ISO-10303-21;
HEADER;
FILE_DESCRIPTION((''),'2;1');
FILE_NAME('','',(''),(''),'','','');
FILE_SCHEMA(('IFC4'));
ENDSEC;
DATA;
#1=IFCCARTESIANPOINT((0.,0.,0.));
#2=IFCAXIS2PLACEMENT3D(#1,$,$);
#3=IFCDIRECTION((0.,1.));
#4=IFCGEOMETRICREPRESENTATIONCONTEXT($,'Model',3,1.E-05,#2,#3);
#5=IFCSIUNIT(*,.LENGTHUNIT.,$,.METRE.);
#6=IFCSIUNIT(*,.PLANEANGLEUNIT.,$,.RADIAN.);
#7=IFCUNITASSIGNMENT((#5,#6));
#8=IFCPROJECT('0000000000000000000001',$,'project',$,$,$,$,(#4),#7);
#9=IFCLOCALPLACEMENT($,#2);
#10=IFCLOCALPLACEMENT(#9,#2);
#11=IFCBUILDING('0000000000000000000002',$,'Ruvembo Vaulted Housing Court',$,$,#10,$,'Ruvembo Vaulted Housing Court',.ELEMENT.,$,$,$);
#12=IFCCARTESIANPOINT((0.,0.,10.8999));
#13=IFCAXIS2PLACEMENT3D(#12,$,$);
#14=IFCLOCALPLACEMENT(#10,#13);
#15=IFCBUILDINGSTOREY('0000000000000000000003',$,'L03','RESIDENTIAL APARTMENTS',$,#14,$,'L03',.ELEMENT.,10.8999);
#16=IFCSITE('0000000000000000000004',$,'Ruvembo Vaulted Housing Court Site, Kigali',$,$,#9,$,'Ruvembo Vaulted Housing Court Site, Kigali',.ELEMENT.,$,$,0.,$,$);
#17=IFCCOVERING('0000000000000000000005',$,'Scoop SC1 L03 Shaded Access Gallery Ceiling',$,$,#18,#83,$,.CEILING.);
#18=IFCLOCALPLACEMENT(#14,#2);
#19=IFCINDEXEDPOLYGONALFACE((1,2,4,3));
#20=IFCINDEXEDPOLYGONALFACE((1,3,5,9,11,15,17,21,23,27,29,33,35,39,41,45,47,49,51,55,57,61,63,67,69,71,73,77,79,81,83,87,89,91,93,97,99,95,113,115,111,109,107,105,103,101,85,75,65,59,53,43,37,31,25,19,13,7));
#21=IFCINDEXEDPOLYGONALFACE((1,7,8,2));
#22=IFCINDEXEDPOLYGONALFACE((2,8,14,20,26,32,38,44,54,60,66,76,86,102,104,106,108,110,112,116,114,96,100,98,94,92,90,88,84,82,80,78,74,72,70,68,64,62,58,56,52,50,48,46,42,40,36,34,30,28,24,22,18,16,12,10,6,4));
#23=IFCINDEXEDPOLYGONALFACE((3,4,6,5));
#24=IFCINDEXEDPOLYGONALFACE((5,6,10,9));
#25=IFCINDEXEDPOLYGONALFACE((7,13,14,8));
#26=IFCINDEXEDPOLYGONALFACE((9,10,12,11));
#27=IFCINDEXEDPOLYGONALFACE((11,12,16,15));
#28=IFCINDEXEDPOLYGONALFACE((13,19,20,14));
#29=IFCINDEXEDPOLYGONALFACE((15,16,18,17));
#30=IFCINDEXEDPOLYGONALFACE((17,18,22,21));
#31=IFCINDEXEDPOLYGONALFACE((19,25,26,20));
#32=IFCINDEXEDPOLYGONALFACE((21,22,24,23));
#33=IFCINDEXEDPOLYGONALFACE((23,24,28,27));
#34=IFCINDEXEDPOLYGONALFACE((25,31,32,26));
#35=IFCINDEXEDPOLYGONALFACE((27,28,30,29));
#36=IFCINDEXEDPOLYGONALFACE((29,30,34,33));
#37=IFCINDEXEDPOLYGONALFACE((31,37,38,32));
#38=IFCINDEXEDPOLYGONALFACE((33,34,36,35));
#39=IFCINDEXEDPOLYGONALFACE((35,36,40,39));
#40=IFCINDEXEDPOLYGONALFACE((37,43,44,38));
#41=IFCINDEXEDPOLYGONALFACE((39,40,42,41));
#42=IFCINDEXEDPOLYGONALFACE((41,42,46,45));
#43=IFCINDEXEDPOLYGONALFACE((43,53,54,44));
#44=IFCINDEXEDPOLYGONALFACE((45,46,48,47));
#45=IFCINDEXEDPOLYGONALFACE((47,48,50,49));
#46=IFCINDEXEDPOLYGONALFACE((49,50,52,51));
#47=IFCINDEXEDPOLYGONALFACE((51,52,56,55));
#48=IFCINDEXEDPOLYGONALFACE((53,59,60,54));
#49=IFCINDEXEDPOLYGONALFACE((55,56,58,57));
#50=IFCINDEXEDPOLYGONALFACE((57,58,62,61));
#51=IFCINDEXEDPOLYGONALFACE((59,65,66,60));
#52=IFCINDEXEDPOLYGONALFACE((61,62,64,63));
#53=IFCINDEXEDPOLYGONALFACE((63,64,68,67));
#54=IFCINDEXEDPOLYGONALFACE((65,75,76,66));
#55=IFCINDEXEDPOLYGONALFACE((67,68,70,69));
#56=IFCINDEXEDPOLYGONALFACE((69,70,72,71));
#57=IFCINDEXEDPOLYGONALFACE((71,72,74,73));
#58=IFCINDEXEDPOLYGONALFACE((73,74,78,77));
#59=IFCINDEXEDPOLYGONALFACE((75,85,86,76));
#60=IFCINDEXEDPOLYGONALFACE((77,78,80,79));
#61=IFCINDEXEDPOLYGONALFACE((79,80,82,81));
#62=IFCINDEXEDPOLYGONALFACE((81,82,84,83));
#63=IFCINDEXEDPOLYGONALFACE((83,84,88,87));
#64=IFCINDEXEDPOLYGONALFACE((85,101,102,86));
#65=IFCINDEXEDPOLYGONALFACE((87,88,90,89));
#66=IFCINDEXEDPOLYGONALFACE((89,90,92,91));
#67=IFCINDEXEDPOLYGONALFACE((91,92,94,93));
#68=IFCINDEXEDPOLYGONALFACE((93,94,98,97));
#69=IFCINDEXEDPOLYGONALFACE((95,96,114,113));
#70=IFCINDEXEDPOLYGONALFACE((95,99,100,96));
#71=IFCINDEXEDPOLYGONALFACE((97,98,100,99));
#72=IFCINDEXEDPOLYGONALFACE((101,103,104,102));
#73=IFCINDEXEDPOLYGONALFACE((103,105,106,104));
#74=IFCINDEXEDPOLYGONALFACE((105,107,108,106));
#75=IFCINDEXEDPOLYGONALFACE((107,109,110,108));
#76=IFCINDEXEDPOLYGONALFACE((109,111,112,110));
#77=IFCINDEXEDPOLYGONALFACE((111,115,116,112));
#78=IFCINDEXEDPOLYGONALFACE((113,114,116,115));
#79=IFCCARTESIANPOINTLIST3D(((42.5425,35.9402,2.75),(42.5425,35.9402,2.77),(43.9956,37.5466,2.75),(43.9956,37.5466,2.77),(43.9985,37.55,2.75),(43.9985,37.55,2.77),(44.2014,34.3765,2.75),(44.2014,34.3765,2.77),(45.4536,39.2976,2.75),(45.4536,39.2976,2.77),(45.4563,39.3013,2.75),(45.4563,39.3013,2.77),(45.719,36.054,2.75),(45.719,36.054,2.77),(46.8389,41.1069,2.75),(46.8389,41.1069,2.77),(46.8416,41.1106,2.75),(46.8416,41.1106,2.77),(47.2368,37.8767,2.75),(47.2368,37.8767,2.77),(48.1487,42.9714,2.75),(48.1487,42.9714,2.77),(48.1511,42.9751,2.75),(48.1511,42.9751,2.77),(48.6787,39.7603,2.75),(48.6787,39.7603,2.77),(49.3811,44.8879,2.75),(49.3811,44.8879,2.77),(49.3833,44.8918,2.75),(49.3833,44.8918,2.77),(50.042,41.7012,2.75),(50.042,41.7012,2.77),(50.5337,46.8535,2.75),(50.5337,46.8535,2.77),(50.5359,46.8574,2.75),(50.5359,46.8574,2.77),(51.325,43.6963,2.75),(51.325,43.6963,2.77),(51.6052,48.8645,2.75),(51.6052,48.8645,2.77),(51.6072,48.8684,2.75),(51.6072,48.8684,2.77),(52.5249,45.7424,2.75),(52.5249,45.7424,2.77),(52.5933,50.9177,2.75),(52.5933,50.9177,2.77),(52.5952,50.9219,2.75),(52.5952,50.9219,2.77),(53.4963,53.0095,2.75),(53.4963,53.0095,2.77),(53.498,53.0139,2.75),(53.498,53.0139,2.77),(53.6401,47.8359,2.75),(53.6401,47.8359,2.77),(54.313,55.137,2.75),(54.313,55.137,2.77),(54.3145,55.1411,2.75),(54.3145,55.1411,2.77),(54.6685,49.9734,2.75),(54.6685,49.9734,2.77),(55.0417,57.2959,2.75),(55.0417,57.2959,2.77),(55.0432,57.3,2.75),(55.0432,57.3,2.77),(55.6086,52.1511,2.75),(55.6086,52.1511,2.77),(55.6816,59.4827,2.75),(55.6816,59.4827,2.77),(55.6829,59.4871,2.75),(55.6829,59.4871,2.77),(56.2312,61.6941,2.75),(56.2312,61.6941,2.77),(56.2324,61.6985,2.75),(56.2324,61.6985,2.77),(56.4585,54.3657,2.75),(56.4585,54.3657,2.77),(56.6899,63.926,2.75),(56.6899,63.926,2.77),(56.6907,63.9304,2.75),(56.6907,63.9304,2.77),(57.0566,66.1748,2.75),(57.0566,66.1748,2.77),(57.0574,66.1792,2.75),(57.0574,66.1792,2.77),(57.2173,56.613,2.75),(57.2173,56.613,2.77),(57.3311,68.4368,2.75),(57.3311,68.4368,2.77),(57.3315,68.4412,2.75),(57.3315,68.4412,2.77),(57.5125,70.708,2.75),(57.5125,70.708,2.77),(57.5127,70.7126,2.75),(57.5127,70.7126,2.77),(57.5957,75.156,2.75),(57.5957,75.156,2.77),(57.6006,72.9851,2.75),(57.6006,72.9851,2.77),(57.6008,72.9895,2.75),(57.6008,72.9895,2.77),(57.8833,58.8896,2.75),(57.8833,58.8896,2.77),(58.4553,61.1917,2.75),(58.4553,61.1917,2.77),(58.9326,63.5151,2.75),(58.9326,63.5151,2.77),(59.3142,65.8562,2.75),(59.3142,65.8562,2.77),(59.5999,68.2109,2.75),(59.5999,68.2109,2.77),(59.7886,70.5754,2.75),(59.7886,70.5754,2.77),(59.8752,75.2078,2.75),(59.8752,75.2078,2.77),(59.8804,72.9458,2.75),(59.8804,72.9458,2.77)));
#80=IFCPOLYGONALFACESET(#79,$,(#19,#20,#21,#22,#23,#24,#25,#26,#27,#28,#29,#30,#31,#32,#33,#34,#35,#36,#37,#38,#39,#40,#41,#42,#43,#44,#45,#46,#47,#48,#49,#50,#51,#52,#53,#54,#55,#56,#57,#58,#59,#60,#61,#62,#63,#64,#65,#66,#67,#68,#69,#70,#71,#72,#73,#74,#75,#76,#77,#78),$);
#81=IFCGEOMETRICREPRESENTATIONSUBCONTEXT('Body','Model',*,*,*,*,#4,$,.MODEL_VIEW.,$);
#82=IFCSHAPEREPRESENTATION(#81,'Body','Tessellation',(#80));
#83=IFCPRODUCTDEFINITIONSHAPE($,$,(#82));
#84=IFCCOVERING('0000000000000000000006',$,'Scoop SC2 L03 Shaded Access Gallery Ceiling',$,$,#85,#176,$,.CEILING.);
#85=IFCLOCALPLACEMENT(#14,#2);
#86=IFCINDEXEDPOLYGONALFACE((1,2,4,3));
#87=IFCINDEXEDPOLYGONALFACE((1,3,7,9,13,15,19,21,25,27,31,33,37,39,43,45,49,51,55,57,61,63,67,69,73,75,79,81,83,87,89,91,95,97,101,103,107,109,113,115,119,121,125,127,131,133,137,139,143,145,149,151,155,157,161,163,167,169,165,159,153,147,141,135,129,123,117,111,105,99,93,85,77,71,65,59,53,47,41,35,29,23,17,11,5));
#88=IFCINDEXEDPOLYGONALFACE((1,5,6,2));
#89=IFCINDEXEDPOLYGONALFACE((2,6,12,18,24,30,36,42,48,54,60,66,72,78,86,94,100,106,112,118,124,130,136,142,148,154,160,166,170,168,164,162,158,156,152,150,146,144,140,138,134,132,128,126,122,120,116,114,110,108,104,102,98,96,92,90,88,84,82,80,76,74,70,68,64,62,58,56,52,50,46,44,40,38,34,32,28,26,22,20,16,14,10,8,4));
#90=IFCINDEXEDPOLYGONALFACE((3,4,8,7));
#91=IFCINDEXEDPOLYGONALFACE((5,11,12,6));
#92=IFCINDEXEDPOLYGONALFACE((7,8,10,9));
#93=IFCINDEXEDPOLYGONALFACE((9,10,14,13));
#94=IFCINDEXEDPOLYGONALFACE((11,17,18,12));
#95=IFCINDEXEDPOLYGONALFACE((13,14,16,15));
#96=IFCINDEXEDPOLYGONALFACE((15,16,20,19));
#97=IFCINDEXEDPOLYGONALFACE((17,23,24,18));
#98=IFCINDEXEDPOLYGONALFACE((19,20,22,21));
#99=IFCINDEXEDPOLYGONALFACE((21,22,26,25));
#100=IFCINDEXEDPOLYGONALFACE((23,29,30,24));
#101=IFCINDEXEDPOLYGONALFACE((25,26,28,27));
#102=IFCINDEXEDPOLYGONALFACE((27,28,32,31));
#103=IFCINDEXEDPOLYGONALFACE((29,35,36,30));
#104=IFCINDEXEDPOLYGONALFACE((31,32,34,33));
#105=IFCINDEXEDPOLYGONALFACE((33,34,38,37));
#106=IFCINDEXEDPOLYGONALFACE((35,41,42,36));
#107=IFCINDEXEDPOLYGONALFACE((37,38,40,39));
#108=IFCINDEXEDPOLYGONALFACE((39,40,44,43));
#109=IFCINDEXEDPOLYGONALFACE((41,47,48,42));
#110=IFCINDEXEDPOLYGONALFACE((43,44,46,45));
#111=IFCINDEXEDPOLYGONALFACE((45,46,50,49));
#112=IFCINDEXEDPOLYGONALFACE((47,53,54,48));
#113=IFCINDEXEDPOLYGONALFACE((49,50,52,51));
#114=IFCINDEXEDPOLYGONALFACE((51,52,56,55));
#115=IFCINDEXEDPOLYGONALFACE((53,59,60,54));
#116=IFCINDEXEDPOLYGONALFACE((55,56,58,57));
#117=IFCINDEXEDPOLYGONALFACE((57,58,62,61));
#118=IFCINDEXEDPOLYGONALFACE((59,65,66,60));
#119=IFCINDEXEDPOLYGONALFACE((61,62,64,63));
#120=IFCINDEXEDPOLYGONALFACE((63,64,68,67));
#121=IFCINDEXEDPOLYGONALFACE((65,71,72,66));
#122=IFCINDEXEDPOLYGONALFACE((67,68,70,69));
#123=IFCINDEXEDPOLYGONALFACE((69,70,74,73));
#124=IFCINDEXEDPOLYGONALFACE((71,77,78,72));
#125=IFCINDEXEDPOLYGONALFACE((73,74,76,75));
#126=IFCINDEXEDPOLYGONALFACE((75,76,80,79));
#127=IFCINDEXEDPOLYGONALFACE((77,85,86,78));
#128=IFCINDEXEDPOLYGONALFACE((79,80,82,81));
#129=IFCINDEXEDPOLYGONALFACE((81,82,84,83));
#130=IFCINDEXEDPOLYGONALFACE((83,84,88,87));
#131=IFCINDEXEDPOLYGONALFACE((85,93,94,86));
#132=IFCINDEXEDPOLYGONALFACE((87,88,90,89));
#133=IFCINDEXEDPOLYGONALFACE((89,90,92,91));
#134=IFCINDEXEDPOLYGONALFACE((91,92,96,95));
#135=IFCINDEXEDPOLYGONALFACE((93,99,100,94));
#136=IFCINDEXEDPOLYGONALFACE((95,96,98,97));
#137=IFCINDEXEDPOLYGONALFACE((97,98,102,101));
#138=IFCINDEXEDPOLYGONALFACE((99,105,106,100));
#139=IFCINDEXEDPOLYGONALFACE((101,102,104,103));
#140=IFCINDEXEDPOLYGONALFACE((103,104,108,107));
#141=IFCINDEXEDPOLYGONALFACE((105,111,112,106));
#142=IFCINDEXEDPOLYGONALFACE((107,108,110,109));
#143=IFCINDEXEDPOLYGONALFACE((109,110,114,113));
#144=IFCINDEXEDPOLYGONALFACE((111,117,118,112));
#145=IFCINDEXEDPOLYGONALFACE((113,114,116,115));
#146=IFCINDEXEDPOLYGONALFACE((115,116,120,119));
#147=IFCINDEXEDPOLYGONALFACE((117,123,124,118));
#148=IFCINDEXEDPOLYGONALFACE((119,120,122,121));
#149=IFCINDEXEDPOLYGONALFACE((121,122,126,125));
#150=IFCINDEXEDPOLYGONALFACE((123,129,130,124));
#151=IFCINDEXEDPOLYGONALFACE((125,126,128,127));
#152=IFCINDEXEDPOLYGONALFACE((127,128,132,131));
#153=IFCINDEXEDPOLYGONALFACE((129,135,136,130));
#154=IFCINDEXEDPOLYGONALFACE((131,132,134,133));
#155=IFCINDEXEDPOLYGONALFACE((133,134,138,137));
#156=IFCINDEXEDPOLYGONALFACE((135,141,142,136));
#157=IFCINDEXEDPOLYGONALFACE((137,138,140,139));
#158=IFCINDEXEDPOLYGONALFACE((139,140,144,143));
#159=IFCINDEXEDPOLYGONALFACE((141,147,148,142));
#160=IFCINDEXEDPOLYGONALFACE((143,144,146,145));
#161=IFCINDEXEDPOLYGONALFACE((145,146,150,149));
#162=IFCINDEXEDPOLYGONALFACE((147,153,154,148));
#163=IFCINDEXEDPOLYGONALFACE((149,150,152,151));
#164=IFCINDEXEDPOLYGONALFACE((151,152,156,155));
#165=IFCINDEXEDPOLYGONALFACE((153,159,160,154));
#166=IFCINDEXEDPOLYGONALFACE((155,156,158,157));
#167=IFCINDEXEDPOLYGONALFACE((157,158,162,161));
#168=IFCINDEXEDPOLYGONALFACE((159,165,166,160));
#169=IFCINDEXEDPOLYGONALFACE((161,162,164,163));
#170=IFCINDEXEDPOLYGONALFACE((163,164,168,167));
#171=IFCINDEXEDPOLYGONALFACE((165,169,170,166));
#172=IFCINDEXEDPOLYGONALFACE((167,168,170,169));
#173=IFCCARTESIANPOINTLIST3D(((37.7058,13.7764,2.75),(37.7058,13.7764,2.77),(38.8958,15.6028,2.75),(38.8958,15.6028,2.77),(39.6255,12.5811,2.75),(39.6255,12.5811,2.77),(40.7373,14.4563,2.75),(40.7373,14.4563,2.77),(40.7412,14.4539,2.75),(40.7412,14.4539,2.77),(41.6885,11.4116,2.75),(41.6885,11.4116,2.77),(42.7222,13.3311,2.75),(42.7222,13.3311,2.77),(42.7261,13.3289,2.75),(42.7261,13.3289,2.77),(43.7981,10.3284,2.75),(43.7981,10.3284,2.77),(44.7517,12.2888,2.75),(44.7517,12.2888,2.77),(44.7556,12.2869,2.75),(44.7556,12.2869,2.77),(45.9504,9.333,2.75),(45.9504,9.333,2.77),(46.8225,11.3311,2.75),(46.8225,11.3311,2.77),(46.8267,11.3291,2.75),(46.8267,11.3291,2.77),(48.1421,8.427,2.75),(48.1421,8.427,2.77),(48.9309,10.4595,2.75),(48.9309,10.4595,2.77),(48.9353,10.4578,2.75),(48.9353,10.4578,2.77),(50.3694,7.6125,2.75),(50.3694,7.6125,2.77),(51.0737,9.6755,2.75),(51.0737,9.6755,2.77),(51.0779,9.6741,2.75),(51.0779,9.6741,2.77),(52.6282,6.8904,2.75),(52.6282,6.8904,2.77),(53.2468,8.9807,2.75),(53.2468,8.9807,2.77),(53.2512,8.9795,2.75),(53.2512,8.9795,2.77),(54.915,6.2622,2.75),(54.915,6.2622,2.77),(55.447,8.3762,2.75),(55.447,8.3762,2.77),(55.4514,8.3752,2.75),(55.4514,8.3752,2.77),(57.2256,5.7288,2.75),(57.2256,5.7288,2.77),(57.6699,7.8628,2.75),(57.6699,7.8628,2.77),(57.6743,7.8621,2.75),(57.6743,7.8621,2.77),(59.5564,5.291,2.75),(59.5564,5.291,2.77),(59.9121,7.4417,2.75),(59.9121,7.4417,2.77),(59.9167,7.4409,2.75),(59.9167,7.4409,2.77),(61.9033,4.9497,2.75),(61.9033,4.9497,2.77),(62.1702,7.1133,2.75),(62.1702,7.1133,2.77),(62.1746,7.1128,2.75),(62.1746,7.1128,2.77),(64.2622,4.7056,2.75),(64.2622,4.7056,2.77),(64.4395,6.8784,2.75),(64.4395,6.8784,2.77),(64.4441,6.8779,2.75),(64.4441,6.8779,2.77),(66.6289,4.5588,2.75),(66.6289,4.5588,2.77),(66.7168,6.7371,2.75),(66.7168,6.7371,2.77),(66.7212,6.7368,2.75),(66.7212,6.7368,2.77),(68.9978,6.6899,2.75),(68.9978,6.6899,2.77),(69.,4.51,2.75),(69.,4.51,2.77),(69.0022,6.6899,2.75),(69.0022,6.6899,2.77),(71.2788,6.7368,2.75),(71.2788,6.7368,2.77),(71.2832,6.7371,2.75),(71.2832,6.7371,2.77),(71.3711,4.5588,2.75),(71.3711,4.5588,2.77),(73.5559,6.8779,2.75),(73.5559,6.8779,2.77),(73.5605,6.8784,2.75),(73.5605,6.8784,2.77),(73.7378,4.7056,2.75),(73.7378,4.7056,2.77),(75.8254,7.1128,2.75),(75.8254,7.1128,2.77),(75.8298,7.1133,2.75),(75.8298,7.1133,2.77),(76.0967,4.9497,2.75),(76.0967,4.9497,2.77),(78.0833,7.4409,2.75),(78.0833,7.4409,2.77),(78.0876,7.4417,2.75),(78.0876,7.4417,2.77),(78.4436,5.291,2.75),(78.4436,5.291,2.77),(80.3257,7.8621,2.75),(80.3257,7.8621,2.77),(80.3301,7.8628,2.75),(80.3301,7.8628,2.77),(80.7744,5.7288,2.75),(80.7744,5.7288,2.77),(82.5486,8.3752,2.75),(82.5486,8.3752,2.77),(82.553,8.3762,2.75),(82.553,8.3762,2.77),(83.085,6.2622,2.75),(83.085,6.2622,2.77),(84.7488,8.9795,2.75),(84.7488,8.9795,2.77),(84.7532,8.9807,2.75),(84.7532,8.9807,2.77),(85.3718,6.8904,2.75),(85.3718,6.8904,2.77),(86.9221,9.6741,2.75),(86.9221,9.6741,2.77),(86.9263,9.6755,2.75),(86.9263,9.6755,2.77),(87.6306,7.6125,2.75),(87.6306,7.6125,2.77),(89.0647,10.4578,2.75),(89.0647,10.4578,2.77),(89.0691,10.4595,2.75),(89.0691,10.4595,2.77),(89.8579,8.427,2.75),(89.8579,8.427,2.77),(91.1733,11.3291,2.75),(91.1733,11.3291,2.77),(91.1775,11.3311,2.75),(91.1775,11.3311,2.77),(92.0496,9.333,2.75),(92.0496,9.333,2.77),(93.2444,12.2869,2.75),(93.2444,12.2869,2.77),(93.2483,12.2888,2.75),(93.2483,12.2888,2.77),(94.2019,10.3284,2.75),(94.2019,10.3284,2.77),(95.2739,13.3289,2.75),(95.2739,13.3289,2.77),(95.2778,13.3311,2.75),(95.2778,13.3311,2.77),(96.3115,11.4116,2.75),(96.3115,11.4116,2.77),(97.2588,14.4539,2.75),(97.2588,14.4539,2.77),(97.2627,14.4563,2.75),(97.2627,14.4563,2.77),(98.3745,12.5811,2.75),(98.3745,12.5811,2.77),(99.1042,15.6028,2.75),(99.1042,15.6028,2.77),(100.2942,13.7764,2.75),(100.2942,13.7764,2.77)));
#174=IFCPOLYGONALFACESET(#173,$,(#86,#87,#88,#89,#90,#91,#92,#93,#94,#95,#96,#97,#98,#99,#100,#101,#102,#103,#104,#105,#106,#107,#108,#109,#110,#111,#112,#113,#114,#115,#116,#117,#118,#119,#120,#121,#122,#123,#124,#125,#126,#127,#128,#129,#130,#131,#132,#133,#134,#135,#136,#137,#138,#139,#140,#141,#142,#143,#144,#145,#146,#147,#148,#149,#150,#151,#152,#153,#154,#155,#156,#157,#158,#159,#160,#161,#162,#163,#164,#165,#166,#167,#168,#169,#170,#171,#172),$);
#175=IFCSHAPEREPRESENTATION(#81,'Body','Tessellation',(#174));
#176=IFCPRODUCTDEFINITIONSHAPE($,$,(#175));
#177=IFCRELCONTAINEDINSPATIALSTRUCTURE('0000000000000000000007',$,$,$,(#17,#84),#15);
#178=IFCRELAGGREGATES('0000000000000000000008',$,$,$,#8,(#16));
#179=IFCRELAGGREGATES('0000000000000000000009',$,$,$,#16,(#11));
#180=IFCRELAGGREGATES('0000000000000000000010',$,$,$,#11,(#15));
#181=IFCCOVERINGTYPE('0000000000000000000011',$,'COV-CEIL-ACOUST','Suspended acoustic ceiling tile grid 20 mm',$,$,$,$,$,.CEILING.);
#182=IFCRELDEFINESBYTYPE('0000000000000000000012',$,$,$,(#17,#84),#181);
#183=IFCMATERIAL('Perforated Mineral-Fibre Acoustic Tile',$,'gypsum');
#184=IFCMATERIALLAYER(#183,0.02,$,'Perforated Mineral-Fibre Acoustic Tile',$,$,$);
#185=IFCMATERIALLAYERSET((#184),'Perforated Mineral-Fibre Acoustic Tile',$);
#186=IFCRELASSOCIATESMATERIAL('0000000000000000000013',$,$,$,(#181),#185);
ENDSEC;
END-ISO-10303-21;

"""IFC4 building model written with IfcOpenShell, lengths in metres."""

from ifc_helpers import new_model, si_unit, direction, frame, origin, place, context, subcontext, project, spatial, polyline, outline, extrude, material, layer, layer_set, type_object, element, save


model = new_model("IFC4")

# Units and contexts
model_context = context("Model", 3, precision=1e-05, world=origin(), true_north=direction((0.0, 1.0)))
body_context = subcontext(model_context, "Body", "Model", "MODEL_VIEW")
ifc_project = project(units=[si_unit("LENGTHUNIT", "METRE"), si_unit("PLANEANGLEUNIT", "RADIAN")], contexts=[model_context])

# Site, building, storey
site_placement = place(None, origin())
site = spatial("IfcSite", under=ifc_project, at=site_placement, Name="Ruvembo Vaulted Housing Court Site, Kigali", LongName="Ruvembo Vaulted Housing Court Site, Kigali", CompositionType="ELEMENT", RefElevation=0.0)
building_placement = place(site_placement, origin())
building = spatial("IfcBuilding", under=site, at=building_placement, Name="Ruvembo Vaulted Housing Court", LongName="Ruvembo Vaulted Housing Court", CompositionType="ELEMENT")
storey_placement = place(building_placement, frame((0.0, 0.0, 10.8999)))
storey = spatial("IfcBuildingStorey", under=building, at=storey_placement, Name="L03", Description="RESIDENTIAL APARTMENTS", LongName="L03", CompositionType="ELEMENT", Elevation=10.8999)

# Coverings
ifc_material_1 = material(Name="Perforated Mineral-Fibre Acoustic Tile", Category="gypsum")
ifc_layer_1 = layer(ifc_material_1, 0.02, Name="Perforated Mineral-Fibre Acoustic Tile")
ifc_layer_set_1 = layer_set([ifc_layer_1], Name="Perforated Mineral-Fibre Acoustic Tile")
covering_type_1 = type_object("IfcCoveringType", Name="COV-CEIL-ACOUST", Description="Suspended acoustic ceiling tile grid 20 mm", PredefinedType="CEILING", material=ifc_layer_set_1)
covering_1_placement = place(storey_placement, frame((0.0, 0.0, 2.75)))
element("IfcCovering", 1, at=covering_1_placement, inside=storey, type_object=covering_type_1, Name="Scoop SC1 L03 Shaded Access Gallery Ceiling", PredefinedType="CEILING", context=body_context, shape_type="SweptSolid", body=[
    extrude(outline(polyline([(44.2014, 34.3765), (45.719, 36.054), (47.2368, 37.8767), (48.6787, 39.7603), (50.042, 41.7012), (51.325, 43.6963), (52.5249, 45.7424), (53.6401, 47.8359), (54.6685, 49.9734), (55.6086, 52.1511), (56.4585, 54.3657), (57.2173, 56.613), (57.8833, 58.8896), (58.4553, 61.1917), (58.9326, 63.5151), (59.3142, 65.8562), (59.5999, 68.2109), (59.7886, 70.5754), (59.8804, 72.9458), (59.8752, 75.2078), (57.5957, 75.156), (57.6008, 72.9895), (57.6006, 72.9851), (57.5127, 70.7126), (57.5125, 70.708), (57.3315, 68.4412), (57.3311, 68.4368), (57.0574, 66.1792), (57.0566, 66.1748), (56.6907, 63.9304), (56.6899, 63.926), (56.2324, 61.6985), (56.2312, 61.6941), (55.6829, 59.4871), (55.6816, 59.4827), (55.0432, 57.3), (55.0417, 57.2959), (54.3145, 55.1411), (54.313, 55.137), (53.498, 53.0139), (53.4963, 53.0095), (52.5952, 50.9219), (52.5933, 50.9177), (51.6072, 48.8684), (51.6052, 48.8645), (50.5359, 46.8574), (50.5337, 46.8535), (49.3833, 44.8918), (49.3811, 44.8879), (48.1511, 42.9751), (48.1487, 42.9714), (46.8416, 41.1106), (46.8389, 41.1069), (45.4563, 39.3013), (45.4536, 39.2976), (43.9985, 37.55), (43.9956, 37.5466), (42.5425, 35.9402), (44.2014, 34.3765)])), origin(), (0.0, 0.0, 1.0), 0.02),
])
covering_2_placement = place(storey_placement, frame((0.0, 0.0, 2.75)))
element("IfcCovering", 2, at=covering_2_placement, inside=storey, type_object=covering_type_1, Name="Scoop SC2 L03 Shaded Access Gallery Ceiling", PredefinedType="CEILING", context=body_context, shape_type="SweptSolid", body=[
    extrude(outline(polyline([(37.7058, 13.7764), (39.6255, 12.5811), (41.6885, 11.4116), (43.7981, 10.3284), (45.9504, 9.333), (48.1421, 8.427), (50.3694, 7.6125), (52.6282, 6.8904), (54.915, 6.2622), (57.2256, 5.7288), (59.5564, 5.291), (61.9033, 4.9497), (64.2622, 4.7056), (66.6289, 4.5588), (69.0, 4.51), (71.3711, 4.5588), (73.7378, 4.7056), (76.0967, 4.9497), (78.4436, 5.291), (80.7744, 5.7288), (83.085, 6.2622), (85.3718, 6.8904), (87.6306, 7.6125), (89.8579, 8.427), (92.0496, 9.333), (94.2019, 10.3284), (96.3115, 11.4116), (98.3745, 12.5811), (100.2942, 13.7764), (99.1042, 15.6028), (97.2627, 14.4563), (97.2588, 14.4539), (95.2778, 13.3311), (95.2739, 13.3289), (93.2483, 12.2888), (93.2444, 12.2869), (91.1775, 11.3311), (91.1733, 11.3291), (89.0691, 10.4595), (89.0647, 10.4578), (86.9263, 9.6755), (86.9221, 9.6741), (84.7532, 8.9807), (84.7488, 8.9795), (82.553, 8.3762), (82.5486, 8.3752), (80.3301, 7.8628), (80.3257, 7.8621), (78.0876, 7.4417), (78.0833, 7.4409), (75.8298, 7.1133), (75.8254, 7.1128), (73.5605, 6.8784), (73.5559, 6.8779), (71.2832, 6.7371), (71.2788, 6.7368), (69.0022, 6.6899), (68.9978, 6.6899), (66.7212, 6.7368), (66.7168, 6.7371), (64.4441, 6.8779), (64.4395, 6.8784), (62.1746, 7.1128), (62.1702, 7.1133), (59.9167, 7.4409), (59.9121, 7.4417), (57.6743, 7.8621), (57.6699, 7.8628), (55.4514, 8.3752), (55.447, 8.3762), (53.2512, 8.9795), (53.2468, 8.9807), (51.0779, 9.6741), (51.0737, 9.6755), (48.9353, 10.4578), (48.9309, 10.4595), (46.8267, 11.3291), (46.8225, 11.3311), (44.7556, 12.2869), (44.7517, 12.2888), (42.7261, 13.3289), (42.7222, 13.3311), (40.7412, 14.4539), (40.7373, 14.4563), (38.8958, 15.6028), (37.7058, 13.7764)])), origin(), (0.0, 0.0, 1.0), 0.02),
])

save(model, "model.ifc")
